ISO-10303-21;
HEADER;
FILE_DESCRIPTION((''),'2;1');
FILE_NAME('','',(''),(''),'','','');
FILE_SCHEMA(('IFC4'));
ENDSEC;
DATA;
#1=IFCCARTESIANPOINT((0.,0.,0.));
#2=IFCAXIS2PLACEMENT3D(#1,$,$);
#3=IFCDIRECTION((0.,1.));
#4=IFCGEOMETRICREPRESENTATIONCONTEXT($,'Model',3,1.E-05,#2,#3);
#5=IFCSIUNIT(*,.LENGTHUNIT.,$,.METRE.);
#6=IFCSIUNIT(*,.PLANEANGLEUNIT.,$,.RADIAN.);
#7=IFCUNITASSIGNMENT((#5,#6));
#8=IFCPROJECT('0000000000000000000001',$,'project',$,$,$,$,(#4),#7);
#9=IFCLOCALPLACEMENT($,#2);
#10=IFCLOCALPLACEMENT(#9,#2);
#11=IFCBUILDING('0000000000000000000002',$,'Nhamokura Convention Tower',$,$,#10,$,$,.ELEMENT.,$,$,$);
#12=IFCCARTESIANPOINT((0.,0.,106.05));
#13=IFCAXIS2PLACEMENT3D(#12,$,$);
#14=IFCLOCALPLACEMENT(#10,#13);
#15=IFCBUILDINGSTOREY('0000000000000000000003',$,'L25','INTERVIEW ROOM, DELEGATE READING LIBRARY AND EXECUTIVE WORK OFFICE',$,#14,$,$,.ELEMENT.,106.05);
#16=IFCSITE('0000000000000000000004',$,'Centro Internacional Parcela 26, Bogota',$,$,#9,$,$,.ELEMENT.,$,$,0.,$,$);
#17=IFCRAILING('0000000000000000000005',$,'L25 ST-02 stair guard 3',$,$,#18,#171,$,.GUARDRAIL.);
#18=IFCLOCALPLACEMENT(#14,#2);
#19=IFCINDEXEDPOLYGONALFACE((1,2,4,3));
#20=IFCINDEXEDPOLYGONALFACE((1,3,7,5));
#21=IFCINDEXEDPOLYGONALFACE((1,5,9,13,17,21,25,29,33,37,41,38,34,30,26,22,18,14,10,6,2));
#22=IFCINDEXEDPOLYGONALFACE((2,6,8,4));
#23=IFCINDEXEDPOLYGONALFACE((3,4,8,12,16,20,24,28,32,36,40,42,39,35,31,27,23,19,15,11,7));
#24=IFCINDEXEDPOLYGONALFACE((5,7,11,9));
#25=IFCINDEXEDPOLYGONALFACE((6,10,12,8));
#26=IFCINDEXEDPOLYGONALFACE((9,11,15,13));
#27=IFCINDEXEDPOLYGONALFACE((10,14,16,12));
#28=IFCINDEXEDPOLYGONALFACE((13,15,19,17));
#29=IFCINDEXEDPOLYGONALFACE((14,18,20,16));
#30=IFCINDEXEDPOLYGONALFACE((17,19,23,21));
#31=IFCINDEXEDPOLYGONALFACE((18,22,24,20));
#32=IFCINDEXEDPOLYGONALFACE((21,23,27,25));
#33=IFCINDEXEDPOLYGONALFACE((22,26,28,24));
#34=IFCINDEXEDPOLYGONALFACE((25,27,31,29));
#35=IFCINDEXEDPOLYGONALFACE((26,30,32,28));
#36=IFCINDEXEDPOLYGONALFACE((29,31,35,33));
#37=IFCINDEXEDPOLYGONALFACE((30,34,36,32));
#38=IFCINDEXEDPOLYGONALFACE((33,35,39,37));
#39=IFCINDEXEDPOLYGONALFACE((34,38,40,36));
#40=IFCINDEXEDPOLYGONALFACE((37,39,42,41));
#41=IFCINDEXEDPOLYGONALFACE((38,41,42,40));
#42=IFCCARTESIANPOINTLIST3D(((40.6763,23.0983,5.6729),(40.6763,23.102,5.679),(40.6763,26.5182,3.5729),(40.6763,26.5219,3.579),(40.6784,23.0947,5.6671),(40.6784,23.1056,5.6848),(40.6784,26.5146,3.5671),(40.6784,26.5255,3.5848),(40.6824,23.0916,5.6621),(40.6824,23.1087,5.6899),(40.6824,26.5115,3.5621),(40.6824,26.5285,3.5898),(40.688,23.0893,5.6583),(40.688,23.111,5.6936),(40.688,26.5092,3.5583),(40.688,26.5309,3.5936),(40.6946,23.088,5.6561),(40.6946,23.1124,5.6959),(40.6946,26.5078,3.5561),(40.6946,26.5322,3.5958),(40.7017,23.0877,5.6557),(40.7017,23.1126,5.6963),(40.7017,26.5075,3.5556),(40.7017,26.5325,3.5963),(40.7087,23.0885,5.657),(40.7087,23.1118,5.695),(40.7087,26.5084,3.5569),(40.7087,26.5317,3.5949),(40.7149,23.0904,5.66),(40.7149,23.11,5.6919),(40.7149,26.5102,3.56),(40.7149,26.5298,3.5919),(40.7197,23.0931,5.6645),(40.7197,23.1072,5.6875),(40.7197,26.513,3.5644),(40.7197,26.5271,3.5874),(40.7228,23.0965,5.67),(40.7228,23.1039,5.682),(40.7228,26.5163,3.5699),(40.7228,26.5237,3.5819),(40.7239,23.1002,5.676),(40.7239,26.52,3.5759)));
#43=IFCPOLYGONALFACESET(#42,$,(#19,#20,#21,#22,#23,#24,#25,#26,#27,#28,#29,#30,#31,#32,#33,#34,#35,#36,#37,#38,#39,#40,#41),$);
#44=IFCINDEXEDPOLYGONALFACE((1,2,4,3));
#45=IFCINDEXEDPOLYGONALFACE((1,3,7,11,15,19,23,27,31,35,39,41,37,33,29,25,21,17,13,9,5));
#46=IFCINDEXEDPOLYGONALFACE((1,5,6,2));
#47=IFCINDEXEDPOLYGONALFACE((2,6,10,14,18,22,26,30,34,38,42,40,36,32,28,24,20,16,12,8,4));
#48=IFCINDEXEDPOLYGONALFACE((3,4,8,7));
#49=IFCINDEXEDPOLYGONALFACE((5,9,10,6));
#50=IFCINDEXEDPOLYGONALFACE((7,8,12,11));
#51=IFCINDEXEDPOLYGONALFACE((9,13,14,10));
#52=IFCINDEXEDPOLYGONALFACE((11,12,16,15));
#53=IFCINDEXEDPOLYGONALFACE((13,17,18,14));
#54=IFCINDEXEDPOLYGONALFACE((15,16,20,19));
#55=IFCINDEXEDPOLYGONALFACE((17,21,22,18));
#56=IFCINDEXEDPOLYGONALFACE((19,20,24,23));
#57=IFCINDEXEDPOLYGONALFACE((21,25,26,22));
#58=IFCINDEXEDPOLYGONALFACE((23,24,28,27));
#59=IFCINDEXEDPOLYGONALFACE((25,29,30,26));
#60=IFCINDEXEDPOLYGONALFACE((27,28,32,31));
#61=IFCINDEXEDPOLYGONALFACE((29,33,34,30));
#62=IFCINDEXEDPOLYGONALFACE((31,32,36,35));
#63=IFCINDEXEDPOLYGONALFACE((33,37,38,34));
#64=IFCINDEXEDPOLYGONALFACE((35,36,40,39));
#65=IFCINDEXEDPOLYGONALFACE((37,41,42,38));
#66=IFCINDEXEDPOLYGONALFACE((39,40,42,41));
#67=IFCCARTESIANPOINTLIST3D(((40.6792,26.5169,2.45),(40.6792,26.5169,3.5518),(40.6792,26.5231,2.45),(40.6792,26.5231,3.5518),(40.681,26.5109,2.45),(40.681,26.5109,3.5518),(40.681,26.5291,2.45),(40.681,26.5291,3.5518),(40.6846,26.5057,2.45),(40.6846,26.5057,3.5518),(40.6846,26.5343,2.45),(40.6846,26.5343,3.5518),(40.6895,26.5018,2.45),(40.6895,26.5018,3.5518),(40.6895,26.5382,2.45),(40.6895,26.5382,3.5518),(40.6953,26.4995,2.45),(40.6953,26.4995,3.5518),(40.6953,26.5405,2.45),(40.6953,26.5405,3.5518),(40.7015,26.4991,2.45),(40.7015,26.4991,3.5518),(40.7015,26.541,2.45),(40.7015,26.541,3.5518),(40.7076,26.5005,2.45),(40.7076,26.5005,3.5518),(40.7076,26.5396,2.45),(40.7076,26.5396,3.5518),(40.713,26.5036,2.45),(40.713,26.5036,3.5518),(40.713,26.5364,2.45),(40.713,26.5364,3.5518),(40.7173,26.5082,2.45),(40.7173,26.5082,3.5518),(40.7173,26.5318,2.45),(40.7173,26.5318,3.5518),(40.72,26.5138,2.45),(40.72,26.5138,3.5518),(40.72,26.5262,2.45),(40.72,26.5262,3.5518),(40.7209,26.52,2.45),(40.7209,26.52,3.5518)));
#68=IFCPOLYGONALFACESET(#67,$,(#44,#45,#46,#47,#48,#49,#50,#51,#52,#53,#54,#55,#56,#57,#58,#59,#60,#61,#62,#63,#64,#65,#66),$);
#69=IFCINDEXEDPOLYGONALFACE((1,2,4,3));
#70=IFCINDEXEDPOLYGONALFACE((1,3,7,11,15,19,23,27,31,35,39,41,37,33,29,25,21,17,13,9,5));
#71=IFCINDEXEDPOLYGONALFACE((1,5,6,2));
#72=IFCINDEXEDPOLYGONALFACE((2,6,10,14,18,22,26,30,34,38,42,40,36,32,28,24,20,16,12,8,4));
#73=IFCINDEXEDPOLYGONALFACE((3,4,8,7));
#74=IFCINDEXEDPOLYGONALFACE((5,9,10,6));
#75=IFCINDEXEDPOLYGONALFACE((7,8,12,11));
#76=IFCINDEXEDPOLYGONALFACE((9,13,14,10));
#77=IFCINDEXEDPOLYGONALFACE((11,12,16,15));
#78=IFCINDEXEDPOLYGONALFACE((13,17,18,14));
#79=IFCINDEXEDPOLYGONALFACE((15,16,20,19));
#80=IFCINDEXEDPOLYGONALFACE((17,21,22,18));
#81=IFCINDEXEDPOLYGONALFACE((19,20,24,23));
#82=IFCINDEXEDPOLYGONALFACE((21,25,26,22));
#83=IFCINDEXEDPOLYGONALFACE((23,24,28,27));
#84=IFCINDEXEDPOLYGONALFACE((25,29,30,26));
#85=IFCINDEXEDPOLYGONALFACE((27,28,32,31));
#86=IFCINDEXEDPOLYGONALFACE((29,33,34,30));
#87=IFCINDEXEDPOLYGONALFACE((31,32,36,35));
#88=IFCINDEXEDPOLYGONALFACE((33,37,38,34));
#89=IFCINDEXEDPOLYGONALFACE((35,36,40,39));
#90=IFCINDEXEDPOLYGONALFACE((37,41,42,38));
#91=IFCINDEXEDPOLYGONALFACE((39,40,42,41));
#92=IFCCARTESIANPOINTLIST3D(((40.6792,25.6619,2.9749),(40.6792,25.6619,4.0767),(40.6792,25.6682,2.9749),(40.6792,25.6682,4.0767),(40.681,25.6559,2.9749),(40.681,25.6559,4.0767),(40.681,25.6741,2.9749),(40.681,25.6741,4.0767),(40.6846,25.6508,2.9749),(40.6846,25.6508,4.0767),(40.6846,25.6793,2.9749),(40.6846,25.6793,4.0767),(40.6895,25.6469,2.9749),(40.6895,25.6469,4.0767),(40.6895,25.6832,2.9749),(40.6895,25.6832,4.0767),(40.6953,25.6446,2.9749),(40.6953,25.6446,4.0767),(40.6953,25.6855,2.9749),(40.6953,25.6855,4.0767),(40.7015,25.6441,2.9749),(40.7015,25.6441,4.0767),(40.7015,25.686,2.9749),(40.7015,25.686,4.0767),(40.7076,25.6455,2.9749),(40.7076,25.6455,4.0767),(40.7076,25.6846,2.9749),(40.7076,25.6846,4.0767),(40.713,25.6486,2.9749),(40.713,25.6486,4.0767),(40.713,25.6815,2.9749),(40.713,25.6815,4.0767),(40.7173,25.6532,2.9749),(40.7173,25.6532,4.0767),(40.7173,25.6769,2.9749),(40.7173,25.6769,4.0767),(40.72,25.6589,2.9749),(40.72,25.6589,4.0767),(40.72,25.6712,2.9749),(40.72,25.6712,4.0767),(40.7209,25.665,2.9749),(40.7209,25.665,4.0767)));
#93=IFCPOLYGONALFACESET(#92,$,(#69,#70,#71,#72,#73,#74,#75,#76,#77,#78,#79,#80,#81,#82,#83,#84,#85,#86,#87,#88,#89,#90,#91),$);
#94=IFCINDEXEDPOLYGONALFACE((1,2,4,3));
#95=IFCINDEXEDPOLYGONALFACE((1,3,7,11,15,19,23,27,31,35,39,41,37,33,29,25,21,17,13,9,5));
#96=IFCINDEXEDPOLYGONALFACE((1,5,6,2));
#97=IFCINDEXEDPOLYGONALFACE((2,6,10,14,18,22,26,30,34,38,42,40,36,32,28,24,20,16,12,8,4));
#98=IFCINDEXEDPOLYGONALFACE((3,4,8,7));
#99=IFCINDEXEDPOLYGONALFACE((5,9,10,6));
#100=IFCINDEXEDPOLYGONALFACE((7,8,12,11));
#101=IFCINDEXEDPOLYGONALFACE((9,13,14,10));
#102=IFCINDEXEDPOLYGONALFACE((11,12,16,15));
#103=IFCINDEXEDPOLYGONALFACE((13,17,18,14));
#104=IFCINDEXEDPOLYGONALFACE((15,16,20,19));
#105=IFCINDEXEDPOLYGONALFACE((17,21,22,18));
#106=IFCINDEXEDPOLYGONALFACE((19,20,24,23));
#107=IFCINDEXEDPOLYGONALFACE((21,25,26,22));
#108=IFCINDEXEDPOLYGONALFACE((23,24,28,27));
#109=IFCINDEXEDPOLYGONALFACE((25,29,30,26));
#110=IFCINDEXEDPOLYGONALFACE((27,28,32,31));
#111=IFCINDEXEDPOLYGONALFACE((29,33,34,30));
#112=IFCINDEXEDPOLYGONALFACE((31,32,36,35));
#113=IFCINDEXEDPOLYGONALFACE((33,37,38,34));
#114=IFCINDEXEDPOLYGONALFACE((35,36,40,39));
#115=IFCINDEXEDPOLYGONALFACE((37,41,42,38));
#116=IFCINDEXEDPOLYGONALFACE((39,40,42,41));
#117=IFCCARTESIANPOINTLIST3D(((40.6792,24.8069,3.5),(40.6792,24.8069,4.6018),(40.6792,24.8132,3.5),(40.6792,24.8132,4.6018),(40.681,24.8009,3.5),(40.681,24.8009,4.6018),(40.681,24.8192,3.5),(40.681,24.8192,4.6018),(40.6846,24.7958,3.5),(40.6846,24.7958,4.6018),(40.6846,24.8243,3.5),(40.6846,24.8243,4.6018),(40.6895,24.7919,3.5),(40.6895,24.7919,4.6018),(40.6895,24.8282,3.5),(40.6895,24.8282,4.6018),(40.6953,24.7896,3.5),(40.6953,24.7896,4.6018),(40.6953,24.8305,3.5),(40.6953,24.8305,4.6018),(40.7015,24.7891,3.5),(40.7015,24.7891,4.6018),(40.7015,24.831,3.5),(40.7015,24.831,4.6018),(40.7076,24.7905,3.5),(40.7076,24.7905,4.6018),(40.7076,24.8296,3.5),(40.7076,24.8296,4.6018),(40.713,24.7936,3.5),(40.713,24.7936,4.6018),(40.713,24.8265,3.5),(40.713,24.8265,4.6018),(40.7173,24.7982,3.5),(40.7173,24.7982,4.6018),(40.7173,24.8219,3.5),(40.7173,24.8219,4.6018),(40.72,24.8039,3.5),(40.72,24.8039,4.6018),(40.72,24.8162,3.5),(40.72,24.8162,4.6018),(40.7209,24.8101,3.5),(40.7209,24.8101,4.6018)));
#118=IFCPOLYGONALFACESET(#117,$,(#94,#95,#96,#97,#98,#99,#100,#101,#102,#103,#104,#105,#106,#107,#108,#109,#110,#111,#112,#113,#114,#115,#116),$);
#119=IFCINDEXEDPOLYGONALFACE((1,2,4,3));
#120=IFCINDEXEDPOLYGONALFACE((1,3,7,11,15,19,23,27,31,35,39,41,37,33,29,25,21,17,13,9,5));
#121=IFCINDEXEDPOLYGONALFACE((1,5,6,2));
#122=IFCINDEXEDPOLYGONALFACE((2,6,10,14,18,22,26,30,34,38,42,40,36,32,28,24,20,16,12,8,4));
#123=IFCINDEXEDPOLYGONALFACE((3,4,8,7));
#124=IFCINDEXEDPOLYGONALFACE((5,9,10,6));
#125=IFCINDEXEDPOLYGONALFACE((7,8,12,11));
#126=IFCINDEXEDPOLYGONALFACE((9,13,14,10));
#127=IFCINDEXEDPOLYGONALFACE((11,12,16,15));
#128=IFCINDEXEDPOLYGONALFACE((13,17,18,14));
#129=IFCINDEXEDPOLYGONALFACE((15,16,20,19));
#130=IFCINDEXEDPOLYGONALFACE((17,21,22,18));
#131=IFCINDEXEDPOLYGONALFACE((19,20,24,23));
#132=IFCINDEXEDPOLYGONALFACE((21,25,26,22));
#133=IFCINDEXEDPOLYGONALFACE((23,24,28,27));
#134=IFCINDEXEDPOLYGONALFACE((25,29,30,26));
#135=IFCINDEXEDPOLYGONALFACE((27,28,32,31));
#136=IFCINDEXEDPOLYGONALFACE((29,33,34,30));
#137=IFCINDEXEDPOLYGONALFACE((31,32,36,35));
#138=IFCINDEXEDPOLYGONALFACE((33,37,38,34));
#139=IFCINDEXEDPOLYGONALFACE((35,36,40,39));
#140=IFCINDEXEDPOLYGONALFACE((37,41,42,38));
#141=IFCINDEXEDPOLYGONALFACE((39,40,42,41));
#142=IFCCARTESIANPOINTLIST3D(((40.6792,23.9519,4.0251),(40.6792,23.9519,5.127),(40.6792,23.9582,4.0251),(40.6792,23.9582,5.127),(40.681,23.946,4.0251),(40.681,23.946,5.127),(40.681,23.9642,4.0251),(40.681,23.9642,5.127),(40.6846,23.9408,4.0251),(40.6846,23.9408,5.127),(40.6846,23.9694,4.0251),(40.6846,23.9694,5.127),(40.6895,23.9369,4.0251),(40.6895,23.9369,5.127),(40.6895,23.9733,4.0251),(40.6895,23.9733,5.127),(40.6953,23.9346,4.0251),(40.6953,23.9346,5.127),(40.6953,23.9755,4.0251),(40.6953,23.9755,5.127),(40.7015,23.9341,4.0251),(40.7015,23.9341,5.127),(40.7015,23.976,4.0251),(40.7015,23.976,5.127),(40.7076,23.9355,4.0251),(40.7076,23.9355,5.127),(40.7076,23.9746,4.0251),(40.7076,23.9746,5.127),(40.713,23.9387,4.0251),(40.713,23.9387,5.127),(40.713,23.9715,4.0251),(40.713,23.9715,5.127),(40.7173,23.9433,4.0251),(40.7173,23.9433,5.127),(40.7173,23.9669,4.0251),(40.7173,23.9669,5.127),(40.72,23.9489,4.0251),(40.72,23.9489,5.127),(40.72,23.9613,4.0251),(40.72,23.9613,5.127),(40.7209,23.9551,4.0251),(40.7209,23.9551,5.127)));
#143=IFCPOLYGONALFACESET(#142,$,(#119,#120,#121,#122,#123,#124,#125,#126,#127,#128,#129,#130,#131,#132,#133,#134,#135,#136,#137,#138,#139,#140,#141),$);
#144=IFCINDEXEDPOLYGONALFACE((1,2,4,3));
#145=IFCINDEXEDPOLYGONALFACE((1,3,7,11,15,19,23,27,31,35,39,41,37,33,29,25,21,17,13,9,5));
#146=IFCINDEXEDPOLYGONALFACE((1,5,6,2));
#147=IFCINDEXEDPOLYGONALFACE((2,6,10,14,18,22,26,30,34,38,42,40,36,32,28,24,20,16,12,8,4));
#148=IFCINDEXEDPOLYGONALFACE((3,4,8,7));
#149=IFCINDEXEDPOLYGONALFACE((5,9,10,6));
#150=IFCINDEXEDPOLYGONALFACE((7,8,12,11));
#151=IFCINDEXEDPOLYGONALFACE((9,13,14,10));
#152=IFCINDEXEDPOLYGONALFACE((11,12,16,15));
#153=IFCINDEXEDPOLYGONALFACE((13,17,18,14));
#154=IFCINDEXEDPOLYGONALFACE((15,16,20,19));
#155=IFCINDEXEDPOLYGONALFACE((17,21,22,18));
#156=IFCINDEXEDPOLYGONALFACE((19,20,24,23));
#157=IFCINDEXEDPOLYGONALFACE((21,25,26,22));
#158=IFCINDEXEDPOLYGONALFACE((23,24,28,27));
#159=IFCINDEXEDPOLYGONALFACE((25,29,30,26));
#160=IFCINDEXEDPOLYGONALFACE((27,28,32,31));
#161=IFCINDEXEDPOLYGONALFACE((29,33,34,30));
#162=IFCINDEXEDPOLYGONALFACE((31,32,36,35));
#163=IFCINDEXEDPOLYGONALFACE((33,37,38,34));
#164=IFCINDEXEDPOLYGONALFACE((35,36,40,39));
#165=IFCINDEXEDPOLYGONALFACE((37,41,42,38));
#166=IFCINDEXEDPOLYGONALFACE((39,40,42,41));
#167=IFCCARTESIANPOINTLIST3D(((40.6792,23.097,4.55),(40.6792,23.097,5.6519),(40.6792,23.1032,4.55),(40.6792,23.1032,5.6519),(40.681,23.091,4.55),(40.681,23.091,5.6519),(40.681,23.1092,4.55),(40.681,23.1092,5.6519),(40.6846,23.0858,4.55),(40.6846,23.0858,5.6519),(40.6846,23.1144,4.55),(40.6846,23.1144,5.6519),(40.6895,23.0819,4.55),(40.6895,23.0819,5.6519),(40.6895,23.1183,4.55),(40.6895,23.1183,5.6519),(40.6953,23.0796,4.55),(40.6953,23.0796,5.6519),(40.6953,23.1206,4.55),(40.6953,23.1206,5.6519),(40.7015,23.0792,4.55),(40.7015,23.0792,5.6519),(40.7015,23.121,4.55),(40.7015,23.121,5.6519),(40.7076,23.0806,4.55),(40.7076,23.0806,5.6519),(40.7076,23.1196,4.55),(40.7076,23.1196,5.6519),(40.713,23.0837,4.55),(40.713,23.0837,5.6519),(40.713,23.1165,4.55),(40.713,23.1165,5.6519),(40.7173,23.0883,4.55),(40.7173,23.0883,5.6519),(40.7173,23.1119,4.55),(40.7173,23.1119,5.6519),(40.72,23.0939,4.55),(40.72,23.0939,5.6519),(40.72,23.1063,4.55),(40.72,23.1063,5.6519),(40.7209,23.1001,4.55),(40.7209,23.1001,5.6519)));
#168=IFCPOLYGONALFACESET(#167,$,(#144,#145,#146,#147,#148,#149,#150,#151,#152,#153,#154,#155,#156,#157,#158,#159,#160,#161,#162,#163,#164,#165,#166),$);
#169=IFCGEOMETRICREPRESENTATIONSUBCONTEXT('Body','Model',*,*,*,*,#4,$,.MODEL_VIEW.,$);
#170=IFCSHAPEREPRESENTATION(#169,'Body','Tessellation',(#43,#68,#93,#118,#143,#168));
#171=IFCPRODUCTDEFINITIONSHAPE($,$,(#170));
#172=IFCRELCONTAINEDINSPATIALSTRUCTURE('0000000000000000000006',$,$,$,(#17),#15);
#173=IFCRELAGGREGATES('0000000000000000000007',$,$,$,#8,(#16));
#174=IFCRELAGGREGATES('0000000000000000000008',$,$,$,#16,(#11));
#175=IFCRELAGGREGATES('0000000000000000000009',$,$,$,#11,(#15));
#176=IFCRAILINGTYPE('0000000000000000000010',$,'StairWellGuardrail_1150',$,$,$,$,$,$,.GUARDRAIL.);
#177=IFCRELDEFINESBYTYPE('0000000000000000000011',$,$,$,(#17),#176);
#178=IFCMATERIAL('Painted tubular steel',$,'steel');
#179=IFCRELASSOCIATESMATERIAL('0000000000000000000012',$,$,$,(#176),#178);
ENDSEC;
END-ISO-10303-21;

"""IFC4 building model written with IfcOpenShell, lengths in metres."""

from ifc_helpers import new_model, si_unit, direction, frame, origin, origin_2d, place, context, subcontext, project, spatial, circle, extrude, material, type_object, element, save


model = new_model("IFC4")

# Units and contexts
model_context = context("Model", 3, precision=1e-05, world=origin(), true_north=direction((0.0, 1.0)))
body_context = subcontext(model_context, "Body", "Model", "MODEL_VIEW")
ifc_project = project(units=[si_unit("LENGTHUNIT", "METRE"), si_unit("PLANEANGLEUNIT", "RADIAN")], contexts=[model_context])

# Site, building, storey
site_placement = place(None, origin())
site = spatial("IfcSite", under=ifc_project, at=site_placement, Name="Centro Internacional Parcela 26, Bogota", CompositionType="ELEMENT", RefElevation=0.0)
building_placement = place(site_placement, origin())
building = spatial("IfcBuilding", under=site, at=building_placement, Name="Nhamokura Convention Tower", CompositionType="ELEMENT")
storey_placement = place(building_placement, frame((0.0, 0.0, 106.05)))
storey = spatial("IfcBuildingStorey", under=building, at=storey_placement, Name="L25", Description="INTERVIEW ROOM, DELEGATE READING LIBRARY AND EXECUTIVE WORK OFFICE", CompositionType="ELEMENT", Elevation=106.05)

# Railing
ifc_material_1 = material(Name="Painted tubular steel", Category="steel")
railing_type_1 = type_object("IfcRailingType", Name="StairWellGuardrail_1150", PredefinedType="GUARDRAIL", material=ifc_material_1)
railing_1_placement = place(storey_placement, frame((40.7, 26.52, 2.45)))
element("IfcRailing", 1, at=railing_1_placement, inside=storey, type_object=railing_type_1, Name="L25 ST-02 stair guard 3", PredefinedType="GUARDRAIL", context=body_context, shape_type="SweptSolid", body=[
    extrude(circle(Radius=0.0239, at=origin_2d()), frame((0.0, 0.0, 1.126), z_axis=(0.0, -0.852155, 0.523289), x_axis=(1.0, 0.0, 0.0)), (0.0, 0.0, 1.0), 4.0132),
    extrude(circle(Radius=0.021, at=origin_2d()), origin(), (0.0, 0.0, 1.0), 1.1018),
    extrude(circle(Radius=0.021, at=origin_2d()), frame((0.0, -0.855, 0.5249)), (0.0, 0.0, 1.0), 1.1018),
    extrude(circle(Radius=0.021, at=origin_2d()), frame((0.0, -1.71, 1.05)), (0.0, 0.0, 1.0), 1.1018),
    extrude(circle(Radius=0.021, at=origin_2d()), frame((0.0, -2.5649, 1.5752)), (0.0, 0.0, 1.0), 1.1018),
    extrude(circle(Radius=0.021, at=origin_2d()), frame((0.0, -3.4199, 2.1001)), (0.0, 0.0, 1.0), 1.1018),
])

save(model, "model.ifc")
